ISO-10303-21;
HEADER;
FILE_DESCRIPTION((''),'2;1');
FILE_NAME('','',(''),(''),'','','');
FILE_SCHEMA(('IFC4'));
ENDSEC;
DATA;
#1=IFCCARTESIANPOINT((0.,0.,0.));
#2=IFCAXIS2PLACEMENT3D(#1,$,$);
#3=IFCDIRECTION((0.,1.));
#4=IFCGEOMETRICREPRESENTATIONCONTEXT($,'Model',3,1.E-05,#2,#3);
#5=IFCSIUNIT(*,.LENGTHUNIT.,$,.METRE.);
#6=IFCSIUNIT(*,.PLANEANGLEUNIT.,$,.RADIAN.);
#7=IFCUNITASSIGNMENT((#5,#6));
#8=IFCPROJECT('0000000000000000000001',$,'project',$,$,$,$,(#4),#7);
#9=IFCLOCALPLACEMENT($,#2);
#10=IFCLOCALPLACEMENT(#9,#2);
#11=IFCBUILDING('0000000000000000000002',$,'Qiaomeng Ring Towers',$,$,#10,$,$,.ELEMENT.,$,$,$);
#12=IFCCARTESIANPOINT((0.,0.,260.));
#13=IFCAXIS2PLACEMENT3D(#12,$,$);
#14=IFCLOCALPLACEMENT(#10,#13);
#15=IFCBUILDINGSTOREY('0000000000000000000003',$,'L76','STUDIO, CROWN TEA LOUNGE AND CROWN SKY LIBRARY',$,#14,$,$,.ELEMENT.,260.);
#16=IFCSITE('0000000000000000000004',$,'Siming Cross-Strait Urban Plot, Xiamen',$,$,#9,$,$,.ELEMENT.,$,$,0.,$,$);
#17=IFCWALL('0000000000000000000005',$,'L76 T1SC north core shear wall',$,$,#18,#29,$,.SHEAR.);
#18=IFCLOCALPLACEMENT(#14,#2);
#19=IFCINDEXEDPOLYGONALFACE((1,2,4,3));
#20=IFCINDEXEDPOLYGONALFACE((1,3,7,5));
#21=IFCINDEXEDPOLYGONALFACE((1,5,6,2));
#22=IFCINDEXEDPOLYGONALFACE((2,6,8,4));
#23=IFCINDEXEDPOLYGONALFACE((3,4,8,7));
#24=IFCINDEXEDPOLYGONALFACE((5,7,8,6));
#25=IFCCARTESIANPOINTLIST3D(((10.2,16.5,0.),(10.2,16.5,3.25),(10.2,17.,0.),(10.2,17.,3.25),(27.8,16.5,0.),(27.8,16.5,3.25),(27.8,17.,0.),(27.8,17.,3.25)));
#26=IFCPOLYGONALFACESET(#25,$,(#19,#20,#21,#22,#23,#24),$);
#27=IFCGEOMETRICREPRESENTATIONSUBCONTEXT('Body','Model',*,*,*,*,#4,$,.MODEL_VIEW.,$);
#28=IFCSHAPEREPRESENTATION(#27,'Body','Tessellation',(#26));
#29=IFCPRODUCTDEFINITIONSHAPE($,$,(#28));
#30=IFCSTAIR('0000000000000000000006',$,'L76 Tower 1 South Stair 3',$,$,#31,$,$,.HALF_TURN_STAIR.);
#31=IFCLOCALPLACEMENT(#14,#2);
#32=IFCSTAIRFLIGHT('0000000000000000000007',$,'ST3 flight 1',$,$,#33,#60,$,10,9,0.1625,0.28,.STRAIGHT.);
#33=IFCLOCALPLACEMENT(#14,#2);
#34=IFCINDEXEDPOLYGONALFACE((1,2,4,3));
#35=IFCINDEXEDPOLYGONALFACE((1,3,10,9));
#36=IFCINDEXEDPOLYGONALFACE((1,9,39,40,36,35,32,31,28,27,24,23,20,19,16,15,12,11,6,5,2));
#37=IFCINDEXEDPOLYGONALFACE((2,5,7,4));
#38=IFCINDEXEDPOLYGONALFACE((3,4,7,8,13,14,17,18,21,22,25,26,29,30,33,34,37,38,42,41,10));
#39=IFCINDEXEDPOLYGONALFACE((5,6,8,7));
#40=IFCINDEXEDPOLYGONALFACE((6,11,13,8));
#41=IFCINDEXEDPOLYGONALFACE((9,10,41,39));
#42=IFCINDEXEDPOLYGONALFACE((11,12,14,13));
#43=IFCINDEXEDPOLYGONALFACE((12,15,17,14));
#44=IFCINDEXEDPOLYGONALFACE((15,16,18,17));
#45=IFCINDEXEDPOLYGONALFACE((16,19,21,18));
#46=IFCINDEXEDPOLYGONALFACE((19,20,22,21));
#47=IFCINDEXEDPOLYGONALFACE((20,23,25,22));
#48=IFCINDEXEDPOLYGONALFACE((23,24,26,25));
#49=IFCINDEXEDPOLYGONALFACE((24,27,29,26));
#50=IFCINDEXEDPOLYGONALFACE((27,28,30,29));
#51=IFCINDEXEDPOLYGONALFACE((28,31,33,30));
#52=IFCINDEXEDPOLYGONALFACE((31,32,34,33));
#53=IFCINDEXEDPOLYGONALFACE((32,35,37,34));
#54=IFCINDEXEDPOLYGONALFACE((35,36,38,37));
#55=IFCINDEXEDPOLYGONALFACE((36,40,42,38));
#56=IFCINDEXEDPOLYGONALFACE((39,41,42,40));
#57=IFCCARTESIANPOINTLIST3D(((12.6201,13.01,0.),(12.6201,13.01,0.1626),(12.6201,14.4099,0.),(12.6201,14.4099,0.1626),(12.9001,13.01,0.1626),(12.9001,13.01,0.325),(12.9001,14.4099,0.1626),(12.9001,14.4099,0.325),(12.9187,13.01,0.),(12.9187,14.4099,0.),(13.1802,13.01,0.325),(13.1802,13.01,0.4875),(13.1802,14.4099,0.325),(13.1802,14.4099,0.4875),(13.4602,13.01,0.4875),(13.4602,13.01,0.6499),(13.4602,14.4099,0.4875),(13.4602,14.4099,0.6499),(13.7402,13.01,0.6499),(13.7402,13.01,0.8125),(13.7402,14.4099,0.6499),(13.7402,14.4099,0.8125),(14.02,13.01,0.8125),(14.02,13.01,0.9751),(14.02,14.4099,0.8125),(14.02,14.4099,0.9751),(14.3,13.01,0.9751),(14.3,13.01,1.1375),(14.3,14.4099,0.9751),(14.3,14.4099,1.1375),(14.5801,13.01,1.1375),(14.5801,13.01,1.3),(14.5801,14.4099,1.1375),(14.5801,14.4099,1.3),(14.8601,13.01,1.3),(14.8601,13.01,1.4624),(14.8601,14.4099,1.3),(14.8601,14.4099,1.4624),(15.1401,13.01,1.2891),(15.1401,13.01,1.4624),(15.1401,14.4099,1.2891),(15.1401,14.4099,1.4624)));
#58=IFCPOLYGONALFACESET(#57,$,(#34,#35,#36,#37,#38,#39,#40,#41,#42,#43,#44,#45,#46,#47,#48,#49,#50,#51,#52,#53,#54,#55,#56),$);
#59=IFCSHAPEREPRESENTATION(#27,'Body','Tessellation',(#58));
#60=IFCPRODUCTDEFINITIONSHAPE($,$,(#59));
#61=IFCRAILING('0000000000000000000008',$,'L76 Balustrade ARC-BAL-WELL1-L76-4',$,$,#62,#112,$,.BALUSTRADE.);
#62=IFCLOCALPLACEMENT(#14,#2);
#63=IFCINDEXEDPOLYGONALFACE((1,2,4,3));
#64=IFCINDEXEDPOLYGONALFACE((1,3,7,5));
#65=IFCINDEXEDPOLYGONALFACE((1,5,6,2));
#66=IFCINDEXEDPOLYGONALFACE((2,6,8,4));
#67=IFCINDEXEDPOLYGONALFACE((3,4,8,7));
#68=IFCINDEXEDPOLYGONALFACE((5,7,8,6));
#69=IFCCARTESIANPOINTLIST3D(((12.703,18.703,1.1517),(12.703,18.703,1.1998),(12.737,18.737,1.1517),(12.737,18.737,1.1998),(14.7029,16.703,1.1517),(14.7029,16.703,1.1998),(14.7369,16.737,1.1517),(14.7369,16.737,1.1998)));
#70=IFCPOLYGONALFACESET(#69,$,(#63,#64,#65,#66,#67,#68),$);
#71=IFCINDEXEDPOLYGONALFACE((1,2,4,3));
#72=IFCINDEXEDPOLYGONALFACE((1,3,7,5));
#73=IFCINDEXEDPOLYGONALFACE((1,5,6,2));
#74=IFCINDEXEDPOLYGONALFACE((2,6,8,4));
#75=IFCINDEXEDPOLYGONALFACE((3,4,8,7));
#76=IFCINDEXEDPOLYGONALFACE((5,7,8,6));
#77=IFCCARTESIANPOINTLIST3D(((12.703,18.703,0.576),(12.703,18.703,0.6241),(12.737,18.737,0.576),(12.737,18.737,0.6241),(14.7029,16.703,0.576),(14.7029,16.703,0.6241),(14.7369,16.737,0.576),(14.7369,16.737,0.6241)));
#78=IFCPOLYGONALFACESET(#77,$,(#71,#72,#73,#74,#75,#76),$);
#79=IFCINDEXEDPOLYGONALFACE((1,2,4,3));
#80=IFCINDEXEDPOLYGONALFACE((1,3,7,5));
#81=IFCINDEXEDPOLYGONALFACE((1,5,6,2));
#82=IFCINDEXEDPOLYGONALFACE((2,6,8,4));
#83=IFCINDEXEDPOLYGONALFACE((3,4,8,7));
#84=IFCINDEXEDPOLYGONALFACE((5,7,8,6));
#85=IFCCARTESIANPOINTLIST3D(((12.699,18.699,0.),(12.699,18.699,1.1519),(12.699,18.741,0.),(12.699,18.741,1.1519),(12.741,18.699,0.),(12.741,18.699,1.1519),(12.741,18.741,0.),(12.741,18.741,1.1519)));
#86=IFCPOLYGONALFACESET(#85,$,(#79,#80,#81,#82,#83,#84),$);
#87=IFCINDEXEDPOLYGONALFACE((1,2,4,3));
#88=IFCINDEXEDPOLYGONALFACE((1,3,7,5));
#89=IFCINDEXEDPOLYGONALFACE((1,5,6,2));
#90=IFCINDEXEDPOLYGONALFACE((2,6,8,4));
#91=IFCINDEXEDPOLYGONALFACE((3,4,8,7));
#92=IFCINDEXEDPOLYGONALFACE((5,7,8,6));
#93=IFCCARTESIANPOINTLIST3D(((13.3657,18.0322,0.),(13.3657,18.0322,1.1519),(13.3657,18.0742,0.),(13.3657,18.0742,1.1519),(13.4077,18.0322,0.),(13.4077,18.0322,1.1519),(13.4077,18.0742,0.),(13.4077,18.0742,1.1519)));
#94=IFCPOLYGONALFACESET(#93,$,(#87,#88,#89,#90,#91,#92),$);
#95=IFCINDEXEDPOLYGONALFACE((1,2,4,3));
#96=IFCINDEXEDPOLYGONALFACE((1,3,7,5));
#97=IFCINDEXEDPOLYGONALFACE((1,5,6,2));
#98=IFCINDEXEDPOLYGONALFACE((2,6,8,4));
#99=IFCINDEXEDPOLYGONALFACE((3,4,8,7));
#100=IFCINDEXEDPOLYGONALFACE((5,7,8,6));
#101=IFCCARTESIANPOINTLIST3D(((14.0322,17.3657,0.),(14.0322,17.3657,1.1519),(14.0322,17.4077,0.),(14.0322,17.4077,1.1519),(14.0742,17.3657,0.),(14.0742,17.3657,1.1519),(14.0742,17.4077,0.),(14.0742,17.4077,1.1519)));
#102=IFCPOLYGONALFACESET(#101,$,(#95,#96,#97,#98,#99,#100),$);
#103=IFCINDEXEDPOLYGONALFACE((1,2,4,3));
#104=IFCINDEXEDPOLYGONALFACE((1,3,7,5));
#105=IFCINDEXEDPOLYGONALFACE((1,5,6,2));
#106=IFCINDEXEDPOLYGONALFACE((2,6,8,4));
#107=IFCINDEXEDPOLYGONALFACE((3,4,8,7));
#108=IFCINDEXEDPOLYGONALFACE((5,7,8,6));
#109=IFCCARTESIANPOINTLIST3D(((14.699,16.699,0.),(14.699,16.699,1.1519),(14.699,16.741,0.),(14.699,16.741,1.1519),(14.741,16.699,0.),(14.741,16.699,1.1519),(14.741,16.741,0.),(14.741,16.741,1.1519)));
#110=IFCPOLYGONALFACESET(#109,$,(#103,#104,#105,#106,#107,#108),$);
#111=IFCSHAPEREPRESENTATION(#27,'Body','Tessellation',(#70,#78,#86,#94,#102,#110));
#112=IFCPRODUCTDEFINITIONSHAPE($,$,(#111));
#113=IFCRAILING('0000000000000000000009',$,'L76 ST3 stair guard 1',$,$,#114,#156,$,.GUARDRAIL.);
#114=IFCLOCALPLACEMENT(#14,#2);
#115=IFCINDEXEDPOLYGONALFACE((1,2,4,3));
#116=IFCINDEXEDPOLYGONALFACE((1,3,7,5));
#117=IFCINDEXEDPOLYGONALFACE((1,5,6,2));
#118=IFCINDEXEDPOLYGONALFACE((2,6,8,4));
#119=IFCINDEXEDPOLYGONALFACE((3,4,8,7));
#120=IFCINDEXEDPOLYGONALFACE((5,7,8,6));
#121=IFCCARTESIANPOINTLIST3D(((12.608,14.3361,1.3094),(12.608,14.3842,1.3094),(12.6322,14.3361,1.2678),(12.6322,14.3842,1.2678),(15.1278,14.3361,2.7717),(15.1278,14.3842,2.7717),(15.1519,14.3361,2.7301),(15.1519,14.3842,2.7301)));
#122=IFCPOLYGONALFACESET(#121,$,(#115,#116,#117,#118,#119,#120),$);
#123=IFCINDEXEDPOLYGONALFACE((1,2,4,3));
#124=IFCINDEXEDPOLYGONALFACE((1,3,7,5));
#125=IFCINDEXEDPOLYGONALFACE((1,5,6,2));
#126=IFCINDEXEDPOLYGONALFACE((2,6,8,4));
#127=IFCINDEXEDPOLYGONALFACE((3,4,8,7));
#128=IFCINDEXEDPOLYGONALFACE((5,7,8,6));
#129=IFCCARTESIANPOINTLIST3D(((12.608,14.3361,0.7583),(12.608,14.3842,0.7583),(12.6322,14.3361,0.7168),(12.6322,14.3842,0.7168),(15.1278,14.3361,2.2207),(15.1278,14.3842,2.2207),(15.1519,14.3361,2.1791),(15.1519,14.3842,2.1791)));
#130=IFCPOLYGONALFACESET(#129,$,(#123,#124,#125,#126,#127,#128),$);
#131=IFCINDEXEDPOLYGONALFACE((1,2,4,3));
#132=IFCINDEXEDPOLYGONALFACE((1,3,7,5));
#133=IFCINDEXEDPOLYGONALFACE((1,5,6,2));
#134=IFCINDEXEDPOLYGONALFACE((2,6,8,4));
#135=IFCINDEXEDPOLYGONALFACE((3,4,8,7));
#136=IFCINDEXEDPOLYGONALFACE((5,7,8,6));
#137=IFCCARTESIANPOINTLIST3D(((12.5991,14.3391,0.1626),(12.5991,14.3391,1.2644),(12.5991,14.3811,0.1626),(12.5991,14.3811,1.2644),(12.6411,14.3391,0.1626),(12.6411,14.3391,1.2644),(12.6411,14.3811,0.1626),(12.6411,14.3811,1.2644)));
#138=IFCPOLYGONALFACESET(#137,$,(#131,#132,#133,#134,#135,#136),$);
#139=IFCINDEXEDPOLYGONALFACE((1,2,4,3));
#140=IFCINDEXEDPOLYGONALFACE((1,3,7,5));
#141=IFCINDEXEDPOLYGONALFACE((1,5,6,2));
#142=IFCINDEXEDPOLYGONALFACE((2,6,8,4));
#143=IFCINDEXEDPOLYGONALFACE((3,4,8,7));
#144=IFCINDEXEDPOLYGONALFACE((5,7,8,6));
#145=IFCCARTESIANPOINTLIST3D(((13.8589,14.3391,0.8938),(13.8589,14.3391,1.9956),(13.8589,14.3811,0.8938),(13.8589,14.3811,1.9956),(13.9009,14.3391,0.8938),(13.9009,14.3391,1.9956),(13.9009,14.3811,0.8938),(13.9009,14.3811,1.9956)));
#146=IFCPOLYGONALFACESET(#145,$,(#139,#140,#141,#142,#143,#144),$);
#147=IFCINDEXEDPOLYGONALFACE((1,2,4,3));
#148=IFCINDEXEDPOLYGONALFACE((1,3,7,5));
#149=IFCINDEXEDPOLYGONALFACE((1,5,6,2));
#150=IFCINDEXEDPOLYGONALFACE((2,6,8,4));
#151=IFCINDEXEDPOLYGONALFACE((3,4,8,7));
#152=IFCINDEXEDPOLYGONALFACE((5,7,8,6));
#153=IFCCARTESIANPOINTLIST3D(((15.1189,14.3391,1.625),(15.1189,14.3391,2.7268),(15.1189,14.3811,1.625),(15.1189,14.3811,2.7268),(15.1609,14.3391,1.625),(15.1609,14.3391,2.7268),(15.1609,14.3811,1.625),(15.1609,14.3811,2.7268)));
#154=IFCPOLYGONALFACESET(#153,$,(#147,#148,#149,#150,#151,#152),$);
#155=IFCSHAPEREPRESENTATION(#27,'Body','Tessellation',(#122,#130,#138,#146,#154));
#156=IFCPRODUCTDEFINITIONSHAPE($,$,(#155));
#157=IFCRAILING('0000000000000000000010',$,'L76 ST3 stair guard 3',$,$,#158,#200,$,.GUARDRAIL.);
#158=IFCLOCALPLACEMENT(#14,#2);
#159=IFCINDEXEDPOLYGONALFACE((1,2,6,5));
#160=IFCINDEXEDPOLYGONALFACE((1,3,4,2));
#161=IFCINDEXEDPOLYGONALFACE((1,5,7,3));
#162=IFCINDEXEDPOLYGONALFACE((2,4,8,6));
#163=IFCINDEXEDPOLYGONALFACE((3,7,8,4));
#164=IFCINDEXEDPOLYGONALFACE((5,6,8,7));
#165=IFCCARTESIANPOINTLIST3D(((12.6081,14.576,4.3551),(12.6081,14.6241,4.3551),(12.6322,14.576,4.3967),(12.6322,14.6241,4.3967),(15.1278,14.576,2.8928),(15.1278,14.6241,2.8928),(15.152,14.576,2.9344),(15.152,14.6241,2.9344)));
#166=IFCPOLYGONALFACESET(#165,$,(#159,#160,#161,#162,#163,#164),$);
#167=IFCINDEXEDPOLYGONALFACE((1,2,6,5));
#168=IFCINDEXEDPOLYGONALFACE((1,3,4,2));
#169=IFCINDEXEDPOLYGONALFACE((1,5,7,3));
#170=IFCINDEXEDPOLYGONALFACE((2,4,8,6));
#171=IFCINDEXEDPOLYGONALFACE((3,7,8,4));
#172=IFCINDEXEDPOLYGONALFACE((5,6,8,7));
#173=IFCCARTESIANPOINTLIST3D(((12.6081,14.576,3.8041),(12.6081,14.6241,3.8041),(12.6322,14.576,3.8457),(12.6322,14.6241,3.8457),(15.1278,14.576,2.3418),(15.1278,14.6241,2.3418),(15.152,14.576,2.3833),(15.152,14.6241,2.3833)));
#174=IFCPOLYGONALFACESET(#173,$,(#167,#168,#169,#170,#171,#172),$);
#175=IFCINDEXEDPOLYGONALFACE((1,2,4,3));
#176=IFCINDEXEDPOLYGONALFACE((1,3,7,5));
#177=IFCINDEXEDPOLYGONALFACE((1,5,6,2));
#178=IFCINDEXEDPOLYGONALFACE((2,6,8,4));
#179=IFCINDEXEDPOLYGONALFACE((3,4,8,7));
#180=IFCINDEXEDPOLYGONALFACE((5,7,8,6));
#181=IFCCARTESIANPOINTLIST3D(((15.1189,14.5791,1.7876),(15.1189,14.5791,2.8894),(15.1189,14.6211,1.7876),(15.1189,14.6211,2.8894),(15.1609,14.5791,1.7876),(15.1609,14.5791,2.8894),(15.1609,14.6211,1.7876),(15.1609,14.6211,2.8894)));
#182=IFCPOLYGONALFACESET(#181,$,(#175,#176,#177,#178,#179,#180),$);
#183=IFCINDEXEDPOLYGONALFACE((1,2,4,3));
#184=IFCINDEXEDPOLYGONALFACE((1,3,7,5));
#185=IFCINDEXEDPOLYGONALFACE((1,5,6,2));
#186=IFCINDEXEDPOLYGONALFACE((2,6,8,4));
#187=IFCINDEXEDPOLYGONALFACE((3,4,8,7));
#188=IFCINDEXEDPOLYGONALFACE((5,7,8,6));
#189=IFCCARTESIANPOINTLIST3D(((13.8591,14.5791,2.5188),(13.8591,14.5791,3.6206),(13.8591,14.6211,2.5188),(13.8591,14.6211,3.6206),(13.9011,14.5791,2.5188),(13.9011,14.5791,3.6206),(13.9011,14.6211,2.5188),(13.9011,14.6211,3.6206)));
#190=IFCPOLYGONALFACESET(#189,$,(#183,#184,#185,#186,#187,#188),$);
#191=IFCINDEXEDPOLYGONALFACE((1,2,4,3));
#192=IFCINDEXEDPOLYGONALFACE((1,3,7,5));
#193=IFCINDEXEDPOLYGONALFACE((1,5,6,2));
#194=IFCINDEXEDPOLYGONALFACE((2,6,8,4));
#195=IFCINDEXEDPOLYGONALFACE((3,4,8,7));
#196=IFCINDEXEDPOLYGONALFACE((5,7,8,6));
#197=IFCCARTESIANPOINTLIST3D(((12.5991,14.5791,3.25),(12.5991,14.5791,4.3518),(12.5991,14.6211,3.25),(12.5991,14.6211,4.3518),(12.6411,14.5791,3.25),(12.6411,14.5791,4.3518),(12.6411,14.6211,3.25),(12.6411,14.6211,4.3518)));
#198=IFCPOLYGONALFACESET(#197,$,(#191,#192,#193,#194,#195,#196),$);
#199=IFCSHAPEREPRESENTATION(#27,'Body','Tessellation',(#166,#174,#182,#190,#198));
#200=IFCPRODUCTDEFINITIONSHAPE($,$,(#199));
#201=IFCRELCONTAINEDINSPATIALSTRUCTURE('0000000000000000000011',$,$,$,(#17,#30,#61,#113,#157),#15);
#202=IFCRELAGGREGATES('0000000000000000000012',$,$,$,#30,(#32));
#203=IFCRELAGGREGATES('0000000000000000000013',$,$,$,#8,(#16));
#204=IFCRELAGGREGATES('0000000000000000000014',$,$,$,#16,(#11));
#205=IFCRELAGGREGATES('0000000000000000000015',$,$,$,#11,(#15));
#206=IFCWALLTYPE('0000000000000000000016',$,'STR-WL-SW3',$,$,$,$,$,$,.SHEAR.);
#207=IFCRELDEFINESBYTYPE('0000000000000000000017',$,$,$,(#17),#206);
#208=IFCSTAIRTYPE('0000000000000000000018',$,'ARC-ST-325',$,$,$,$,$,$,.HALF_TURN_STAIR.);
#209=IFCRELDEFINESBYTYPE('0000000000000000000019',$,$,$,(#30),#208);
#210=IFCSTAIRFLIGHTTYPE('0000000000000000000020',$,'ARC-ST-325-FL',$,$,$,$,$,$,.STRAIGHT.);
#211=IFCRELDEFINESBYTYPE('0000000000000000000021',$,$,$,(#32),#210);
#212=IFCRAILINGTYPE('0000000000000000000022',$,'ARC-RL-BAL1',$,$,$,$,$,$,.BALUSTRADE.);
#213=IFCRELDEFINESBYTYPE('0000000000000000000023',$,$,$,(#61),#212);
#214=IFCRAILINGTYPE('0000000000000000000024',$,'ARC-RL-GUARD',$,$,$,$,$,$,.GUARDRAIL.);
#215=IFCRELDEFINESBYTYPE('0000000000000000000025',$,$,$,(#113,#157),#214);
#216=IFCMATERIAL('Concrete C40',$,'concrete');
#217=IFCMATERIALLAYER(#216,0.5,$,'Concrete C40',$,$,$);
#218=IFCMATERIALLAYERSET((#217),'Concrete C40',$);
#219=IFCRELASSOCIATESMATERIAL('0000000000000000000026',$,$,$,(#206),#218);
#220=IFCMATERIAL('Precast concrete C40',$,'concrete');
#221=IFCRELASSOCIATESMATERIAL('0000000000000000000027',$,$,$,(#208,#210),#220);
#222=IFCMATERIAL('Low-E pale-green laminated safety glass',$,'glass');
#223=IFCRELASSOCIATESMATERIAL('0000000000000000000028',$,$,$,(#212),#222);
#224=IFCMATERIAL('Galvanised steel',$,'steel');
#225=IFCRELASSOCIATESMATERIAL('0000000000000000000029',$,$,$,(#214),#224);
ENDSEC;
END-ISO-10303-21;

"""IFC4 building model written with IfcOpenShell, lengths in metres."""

from ifc_helpers import new_model, si_unit, direction, frame, frame_2d, origin, origin_2d, place, context, subcontext, project, spatial, polyline, rectangle, outline, extrude, source, transform, mapped, material, layer, layer_set, type_object, element, aggregate, save


model = new_model("IFC4")

# Units and contexts
model_context = context("Model", 3, precision=1e-05, world=origin(), true_north=direction((0.0, 1.0)))
body_context = subcontext(model_context, "Body", "Model", "MODEL_VIEW")
ifc_project = project(units=[si_unit("LENGTHUNIT", "METRE"), si_unit("PLANEANGLEUNIT", "RADIAN")], contexts=[model_context])

# Site, building, storey
site_placement = place(None, origin())
site = spatial("IfcSite", under=ifc_project, at=site_placement, Name="Siming Cross-Strait Urban Plot, Xiamen", CompositionType="ELEMENT", RefElevation=0.0)
building_placement = place(site_placement, origin())
building = spatial("IfcBuilding", under=site, at=building_placement, Name="Qiaomeng Ring Towers", CompositionType="ELEMENT")
storey_placement = place(building_placement, frame((0.0, 0.0, 260.0)))
storey = spatial("IfcBuildingStorey", under=building, at=storey_placement, Name="L76", Description="STUDIO, CROWN TEA LOUNGE AND CROWN SKY LIBRARY", CompositionType="ELEMENT", Elevation=260.0)

# Shared definitions
ifc_material_1 = material(Name="Concrete C40", Category="concrete")

# Shared definitions
ifc_material_2 = material(Name="Galvanised steel", Category="steel")

# Wall
ifc_layer_1 = layer(ifc_material_1, 0.5, Name="Concrete C40")
ifc_layer_set_1 = layer_set([ifc_layer_1], Name="Concrete C40")
wall_type_1 = type_object("IfcWallType", Name="STR-WL-SW3", PredefinedType="SHEAR", material=ifc_layer_set_1)
wall_1_placement = place(storey_placement, frame((10.2, 16.75, 0.0), z_axis=(0.0, 0.0, 1.0), x_axis=(1.0, 0.0, 0.0)))
element("IfcWall", 1, at=wall_1_placement, inside=storey, type_object=wall_type_1, Name="L76 T1SC north core shear wall", PredefinedType="SHEAR", context=body_context, shape_type="SweptSolid", body=[
    extrude(rectangle(XDim=17.6001, YDim=0.5, at=frame_2d((8.8, 0.0))), origin(), (0.0, 0.0, 1.0), 3.25),
])

# Stair, stair flight
ifc_material_3 = material(Name="Precast concrete C40", Category="concrete")
stair_type = type_object("IfcStairType", Name="ARC-ST-325", PredefinedType="HALF_TURN_STAIR", material=ifc_material_3)
stair_placement = place(storey_placement, origin())
stair = element("IfcStair", 2, at=stair_placement, inside=storey, type_object=stair_type, Name="L76 Tower 1 South Stair 3", PredefinedType="HALF_TURN_STAIR")
stair_flight_type = type_object("IfcStairFlightType", Name="ARC-ST-325-FL", PredefinedType="STRAIGHT", material=ifc_material_3)
shared_shape_1 = source(origin(), body_context, "Body", "SweptSolid", [
    extrude(outline(polyline([(0.0, 0.0), (0.0, 0.1626), (0.28, 0.1626), (0.28, 0.325), (0.5601, 0.325), (0.5601, 0.4875), (0.8401, 0.4875), (0.8401, 0.6499), (1.1201, 0.6499), (1.1201, 0.8125), (1.3999, 0.8125), (1.3999, 0.9751), (1.6799, 0.9751), (1.6799, 1.1375), (1.96, 1.1375), (1.96, 1.3), (2.24, 1.3), (2.24, 1.4624), (2.52, 1.4624), (2.52, 1.625), (2.52, 1.2891), (0.2986, 0.0), (0.0, 0.0)])), frame((0.0, 0.7, 0.0), z_axis=(0.0, -1.0, 0.0), x_axis=(1.0, 0.0, 0.0)), (0.0, 0.0, 1.0), 1.3999),
])
stair_flight_placement = place(storey_placement, frame((12.6201, 13.71, 0.0), z_axis=(0.0, 0.0, 1.0), x_axis=(1.0, 0.0, 0.0)))
stair_flight = element("IfcStairFlight", 3, at=stair_flight_placement, type_object=stair_flight_type, Name="ST3 flight 1", NumberOfRisers=10, NumberOfTreads=9, PredefinedType="STRAIGHT", RiserHeight=0.1625, TreadLength=0.28, context=body_context, shape_type="MappedRepresentation", body=[
    mapped(shared_shape_1, transform((0.0, 0.0, 0.0), x_axis=(1.0, 0.0, 0.0), y_axis=(0.0, 1.0, 0.0), z_axis=(0.0, 0.0, 1.0), scale=1.0)),
])
aggregate(stair, [stair_flight])

# Railings
ifc_material_4 = material(Name="Low-E pale-green laminated safety glass", Category="glass")
railing_type_1 = type_object("IfcRailingType", Name="ARC-RL-BAL1", PredefinedType="BALUSTRADE", material=ifc_material_4)
railing_1_placement = place(storey_placement, frame((12.72, 18.72, 0.0)))
element("IfcRailing", 4, at=railing_1_placement, inside=storey, type_object=railing_type_1, Name="L76 Balustrade ARC-BAL-WELL1-L76-4", PredefinedType="BALUSTRADE", context=body_context, shape_type="SweptSolid", body=[
    extrude(rectangle(XDim=0.0481, YDim=0.0481, at=origin_2d()), frame((0.0, 0.0, 1.1758), z_axis=(0.707107, -0.707107, 0.0), x_axis=(0.707107, 0.707107, 0.0)), (0.0, 0.0, 1.0), 2.8284),
    extrude(rectangle(XDim=0.0481, YDim=0.0481, at=origin_2d()), frame((0.0, 0.0, 0.6001), z_axis=(0.707107, -0.707107, 0.0), x_axis=(0.707107, 0.707107, 0.0)), (0.0, 0.0, 1.0), 2.8284),
    extrude(rectangle(XDim=0.042, YDim=0.042, at=origin_2d()), origin(), (0.0, 0.0, 1.0), 1.1519),
    extrude(rectangle(XDim=0.042, YDim=0.042, at=origin_2d()), frame((0.6667, -0.6667, 0.0)), (0.0, 0.0, 1.0), 1.1519),
    extrude(rectangle(XDim=0.042, YDim=0.042, at=origin_2d()), frame((1.3333, -1.3333, 0.0)), (0.0, 0.0, 1.0), 1.1519),
    extrude(rectangle(XDim=0.042, YDim=0.042, at=origin_2d()), frame((2.0, -2.0, 0.0)), (0.0, 0.0, 1.0), 1.1519),
])
railing_type_2 = type_object("IfcRailingType", Name="ARC-RL-GUARD", PredefinedType="GUARDRAIL", material=ifc_material_2)
railing_2_placement = place(storey_placement, frame((12.6201, 14.3601, 0.1626)))
element("IfcRailing", 5, at=railing_2_placement, inside=storey, type_object=railing_type_2, Name="L76 ST3 stair guard 1", PredefinedType="GUARDRAIL", context=body_context, shape_type="SweptSolid", body=[
    extrude(rectangle(XDim=0.0481, YDim=0.0481, at=origin_2d()), frame((0.0, 0.0, 1.126), z_axis=(0.864892, 0.0, 0.501958), x_axis=(0.0, 1.0, 0.0)), (0.0, 0.0, 1.0), 2.9133),
    extrude(rectangle(XDim=0.0481, YDim=0.0481, at=origin_2d()), frame((0.0, 0.0, 0.575), z_axis=(0.864892, 0.0, 0.501958), x_axis=(0.0, 1.0, 0.0)), (0.0, 0.0, 1.0), 2.9133),
    extrude(rectangle(XDim=0.042, YDim=0.042, at=origin_2d()), origin(), (0.0, 0.0, 1.0), 1.1018),
    extrude(rectangle(XDim=0.042, YDim=0.042, at=origin_2d()), frame((1.2598, 0.0, 0.7312)), (0.0, 0.0, 1.0), 1.1018),
    extrude(rectangle(XDim=0.042, YDim=0.042, at=origin_2d()), frame((2.5198, 0.0, 1.4624)), (0.0, 0.0, 1.0), 1.1018),
])
railing_3_placement = place(storey_placement, frame((15.1399, 14.6001, 1.7876)))
element("IfcRailing", 6, at=railing_3_placement, inside=storey, type_object=railing_type_2, Name="L76 ST3 stair guard 3", PredefinedType="GUARDRAIL", context=body_context, shape_type="SweptSolid", body=[
    extrude(rectangle(XDim=0.0481, YDim=0.0481, at=origin_2d()), frame((0.0, 0.0, 1.126), z_axis=(-0.864892, 0.0, 0.501958), x_axis=(0.0, -1.0, 0.0)), (0.0, 0.0, 1.0), 2.9133),
    extrude(rectangle(XDim=0.0481, YDim=0.0481, at=origin_2d()), frame((0.0, 0.0, 0.575), z_axis=(-0.864892, 0.0, 0.501958), x_axis=(0.0, -1.0, 0.0)), (0.0, 0.0, 1.0), 2.9133),
    extrude(rectangle(XDim=0.042, YDim=0.042, at=origin_2d()), origin(), (0.0, 0.0, 1.0), 1.1018),
    extrude(rectangle(XDim=0.042, YDim=0.042, at=origin_2d()), frame((-1.2598, 0.0, 0.7312)), (0.0, 0.0, 1.0), 1.1018),
    extrude(rectangle(XDim=0.042, YDim=0.042, at=origin_2d()), frame((-2.5198, 0.0, 1.4624)), (0.0, 0.0, 1.0), 1.1018),
])

save(model, "model.ifc")
